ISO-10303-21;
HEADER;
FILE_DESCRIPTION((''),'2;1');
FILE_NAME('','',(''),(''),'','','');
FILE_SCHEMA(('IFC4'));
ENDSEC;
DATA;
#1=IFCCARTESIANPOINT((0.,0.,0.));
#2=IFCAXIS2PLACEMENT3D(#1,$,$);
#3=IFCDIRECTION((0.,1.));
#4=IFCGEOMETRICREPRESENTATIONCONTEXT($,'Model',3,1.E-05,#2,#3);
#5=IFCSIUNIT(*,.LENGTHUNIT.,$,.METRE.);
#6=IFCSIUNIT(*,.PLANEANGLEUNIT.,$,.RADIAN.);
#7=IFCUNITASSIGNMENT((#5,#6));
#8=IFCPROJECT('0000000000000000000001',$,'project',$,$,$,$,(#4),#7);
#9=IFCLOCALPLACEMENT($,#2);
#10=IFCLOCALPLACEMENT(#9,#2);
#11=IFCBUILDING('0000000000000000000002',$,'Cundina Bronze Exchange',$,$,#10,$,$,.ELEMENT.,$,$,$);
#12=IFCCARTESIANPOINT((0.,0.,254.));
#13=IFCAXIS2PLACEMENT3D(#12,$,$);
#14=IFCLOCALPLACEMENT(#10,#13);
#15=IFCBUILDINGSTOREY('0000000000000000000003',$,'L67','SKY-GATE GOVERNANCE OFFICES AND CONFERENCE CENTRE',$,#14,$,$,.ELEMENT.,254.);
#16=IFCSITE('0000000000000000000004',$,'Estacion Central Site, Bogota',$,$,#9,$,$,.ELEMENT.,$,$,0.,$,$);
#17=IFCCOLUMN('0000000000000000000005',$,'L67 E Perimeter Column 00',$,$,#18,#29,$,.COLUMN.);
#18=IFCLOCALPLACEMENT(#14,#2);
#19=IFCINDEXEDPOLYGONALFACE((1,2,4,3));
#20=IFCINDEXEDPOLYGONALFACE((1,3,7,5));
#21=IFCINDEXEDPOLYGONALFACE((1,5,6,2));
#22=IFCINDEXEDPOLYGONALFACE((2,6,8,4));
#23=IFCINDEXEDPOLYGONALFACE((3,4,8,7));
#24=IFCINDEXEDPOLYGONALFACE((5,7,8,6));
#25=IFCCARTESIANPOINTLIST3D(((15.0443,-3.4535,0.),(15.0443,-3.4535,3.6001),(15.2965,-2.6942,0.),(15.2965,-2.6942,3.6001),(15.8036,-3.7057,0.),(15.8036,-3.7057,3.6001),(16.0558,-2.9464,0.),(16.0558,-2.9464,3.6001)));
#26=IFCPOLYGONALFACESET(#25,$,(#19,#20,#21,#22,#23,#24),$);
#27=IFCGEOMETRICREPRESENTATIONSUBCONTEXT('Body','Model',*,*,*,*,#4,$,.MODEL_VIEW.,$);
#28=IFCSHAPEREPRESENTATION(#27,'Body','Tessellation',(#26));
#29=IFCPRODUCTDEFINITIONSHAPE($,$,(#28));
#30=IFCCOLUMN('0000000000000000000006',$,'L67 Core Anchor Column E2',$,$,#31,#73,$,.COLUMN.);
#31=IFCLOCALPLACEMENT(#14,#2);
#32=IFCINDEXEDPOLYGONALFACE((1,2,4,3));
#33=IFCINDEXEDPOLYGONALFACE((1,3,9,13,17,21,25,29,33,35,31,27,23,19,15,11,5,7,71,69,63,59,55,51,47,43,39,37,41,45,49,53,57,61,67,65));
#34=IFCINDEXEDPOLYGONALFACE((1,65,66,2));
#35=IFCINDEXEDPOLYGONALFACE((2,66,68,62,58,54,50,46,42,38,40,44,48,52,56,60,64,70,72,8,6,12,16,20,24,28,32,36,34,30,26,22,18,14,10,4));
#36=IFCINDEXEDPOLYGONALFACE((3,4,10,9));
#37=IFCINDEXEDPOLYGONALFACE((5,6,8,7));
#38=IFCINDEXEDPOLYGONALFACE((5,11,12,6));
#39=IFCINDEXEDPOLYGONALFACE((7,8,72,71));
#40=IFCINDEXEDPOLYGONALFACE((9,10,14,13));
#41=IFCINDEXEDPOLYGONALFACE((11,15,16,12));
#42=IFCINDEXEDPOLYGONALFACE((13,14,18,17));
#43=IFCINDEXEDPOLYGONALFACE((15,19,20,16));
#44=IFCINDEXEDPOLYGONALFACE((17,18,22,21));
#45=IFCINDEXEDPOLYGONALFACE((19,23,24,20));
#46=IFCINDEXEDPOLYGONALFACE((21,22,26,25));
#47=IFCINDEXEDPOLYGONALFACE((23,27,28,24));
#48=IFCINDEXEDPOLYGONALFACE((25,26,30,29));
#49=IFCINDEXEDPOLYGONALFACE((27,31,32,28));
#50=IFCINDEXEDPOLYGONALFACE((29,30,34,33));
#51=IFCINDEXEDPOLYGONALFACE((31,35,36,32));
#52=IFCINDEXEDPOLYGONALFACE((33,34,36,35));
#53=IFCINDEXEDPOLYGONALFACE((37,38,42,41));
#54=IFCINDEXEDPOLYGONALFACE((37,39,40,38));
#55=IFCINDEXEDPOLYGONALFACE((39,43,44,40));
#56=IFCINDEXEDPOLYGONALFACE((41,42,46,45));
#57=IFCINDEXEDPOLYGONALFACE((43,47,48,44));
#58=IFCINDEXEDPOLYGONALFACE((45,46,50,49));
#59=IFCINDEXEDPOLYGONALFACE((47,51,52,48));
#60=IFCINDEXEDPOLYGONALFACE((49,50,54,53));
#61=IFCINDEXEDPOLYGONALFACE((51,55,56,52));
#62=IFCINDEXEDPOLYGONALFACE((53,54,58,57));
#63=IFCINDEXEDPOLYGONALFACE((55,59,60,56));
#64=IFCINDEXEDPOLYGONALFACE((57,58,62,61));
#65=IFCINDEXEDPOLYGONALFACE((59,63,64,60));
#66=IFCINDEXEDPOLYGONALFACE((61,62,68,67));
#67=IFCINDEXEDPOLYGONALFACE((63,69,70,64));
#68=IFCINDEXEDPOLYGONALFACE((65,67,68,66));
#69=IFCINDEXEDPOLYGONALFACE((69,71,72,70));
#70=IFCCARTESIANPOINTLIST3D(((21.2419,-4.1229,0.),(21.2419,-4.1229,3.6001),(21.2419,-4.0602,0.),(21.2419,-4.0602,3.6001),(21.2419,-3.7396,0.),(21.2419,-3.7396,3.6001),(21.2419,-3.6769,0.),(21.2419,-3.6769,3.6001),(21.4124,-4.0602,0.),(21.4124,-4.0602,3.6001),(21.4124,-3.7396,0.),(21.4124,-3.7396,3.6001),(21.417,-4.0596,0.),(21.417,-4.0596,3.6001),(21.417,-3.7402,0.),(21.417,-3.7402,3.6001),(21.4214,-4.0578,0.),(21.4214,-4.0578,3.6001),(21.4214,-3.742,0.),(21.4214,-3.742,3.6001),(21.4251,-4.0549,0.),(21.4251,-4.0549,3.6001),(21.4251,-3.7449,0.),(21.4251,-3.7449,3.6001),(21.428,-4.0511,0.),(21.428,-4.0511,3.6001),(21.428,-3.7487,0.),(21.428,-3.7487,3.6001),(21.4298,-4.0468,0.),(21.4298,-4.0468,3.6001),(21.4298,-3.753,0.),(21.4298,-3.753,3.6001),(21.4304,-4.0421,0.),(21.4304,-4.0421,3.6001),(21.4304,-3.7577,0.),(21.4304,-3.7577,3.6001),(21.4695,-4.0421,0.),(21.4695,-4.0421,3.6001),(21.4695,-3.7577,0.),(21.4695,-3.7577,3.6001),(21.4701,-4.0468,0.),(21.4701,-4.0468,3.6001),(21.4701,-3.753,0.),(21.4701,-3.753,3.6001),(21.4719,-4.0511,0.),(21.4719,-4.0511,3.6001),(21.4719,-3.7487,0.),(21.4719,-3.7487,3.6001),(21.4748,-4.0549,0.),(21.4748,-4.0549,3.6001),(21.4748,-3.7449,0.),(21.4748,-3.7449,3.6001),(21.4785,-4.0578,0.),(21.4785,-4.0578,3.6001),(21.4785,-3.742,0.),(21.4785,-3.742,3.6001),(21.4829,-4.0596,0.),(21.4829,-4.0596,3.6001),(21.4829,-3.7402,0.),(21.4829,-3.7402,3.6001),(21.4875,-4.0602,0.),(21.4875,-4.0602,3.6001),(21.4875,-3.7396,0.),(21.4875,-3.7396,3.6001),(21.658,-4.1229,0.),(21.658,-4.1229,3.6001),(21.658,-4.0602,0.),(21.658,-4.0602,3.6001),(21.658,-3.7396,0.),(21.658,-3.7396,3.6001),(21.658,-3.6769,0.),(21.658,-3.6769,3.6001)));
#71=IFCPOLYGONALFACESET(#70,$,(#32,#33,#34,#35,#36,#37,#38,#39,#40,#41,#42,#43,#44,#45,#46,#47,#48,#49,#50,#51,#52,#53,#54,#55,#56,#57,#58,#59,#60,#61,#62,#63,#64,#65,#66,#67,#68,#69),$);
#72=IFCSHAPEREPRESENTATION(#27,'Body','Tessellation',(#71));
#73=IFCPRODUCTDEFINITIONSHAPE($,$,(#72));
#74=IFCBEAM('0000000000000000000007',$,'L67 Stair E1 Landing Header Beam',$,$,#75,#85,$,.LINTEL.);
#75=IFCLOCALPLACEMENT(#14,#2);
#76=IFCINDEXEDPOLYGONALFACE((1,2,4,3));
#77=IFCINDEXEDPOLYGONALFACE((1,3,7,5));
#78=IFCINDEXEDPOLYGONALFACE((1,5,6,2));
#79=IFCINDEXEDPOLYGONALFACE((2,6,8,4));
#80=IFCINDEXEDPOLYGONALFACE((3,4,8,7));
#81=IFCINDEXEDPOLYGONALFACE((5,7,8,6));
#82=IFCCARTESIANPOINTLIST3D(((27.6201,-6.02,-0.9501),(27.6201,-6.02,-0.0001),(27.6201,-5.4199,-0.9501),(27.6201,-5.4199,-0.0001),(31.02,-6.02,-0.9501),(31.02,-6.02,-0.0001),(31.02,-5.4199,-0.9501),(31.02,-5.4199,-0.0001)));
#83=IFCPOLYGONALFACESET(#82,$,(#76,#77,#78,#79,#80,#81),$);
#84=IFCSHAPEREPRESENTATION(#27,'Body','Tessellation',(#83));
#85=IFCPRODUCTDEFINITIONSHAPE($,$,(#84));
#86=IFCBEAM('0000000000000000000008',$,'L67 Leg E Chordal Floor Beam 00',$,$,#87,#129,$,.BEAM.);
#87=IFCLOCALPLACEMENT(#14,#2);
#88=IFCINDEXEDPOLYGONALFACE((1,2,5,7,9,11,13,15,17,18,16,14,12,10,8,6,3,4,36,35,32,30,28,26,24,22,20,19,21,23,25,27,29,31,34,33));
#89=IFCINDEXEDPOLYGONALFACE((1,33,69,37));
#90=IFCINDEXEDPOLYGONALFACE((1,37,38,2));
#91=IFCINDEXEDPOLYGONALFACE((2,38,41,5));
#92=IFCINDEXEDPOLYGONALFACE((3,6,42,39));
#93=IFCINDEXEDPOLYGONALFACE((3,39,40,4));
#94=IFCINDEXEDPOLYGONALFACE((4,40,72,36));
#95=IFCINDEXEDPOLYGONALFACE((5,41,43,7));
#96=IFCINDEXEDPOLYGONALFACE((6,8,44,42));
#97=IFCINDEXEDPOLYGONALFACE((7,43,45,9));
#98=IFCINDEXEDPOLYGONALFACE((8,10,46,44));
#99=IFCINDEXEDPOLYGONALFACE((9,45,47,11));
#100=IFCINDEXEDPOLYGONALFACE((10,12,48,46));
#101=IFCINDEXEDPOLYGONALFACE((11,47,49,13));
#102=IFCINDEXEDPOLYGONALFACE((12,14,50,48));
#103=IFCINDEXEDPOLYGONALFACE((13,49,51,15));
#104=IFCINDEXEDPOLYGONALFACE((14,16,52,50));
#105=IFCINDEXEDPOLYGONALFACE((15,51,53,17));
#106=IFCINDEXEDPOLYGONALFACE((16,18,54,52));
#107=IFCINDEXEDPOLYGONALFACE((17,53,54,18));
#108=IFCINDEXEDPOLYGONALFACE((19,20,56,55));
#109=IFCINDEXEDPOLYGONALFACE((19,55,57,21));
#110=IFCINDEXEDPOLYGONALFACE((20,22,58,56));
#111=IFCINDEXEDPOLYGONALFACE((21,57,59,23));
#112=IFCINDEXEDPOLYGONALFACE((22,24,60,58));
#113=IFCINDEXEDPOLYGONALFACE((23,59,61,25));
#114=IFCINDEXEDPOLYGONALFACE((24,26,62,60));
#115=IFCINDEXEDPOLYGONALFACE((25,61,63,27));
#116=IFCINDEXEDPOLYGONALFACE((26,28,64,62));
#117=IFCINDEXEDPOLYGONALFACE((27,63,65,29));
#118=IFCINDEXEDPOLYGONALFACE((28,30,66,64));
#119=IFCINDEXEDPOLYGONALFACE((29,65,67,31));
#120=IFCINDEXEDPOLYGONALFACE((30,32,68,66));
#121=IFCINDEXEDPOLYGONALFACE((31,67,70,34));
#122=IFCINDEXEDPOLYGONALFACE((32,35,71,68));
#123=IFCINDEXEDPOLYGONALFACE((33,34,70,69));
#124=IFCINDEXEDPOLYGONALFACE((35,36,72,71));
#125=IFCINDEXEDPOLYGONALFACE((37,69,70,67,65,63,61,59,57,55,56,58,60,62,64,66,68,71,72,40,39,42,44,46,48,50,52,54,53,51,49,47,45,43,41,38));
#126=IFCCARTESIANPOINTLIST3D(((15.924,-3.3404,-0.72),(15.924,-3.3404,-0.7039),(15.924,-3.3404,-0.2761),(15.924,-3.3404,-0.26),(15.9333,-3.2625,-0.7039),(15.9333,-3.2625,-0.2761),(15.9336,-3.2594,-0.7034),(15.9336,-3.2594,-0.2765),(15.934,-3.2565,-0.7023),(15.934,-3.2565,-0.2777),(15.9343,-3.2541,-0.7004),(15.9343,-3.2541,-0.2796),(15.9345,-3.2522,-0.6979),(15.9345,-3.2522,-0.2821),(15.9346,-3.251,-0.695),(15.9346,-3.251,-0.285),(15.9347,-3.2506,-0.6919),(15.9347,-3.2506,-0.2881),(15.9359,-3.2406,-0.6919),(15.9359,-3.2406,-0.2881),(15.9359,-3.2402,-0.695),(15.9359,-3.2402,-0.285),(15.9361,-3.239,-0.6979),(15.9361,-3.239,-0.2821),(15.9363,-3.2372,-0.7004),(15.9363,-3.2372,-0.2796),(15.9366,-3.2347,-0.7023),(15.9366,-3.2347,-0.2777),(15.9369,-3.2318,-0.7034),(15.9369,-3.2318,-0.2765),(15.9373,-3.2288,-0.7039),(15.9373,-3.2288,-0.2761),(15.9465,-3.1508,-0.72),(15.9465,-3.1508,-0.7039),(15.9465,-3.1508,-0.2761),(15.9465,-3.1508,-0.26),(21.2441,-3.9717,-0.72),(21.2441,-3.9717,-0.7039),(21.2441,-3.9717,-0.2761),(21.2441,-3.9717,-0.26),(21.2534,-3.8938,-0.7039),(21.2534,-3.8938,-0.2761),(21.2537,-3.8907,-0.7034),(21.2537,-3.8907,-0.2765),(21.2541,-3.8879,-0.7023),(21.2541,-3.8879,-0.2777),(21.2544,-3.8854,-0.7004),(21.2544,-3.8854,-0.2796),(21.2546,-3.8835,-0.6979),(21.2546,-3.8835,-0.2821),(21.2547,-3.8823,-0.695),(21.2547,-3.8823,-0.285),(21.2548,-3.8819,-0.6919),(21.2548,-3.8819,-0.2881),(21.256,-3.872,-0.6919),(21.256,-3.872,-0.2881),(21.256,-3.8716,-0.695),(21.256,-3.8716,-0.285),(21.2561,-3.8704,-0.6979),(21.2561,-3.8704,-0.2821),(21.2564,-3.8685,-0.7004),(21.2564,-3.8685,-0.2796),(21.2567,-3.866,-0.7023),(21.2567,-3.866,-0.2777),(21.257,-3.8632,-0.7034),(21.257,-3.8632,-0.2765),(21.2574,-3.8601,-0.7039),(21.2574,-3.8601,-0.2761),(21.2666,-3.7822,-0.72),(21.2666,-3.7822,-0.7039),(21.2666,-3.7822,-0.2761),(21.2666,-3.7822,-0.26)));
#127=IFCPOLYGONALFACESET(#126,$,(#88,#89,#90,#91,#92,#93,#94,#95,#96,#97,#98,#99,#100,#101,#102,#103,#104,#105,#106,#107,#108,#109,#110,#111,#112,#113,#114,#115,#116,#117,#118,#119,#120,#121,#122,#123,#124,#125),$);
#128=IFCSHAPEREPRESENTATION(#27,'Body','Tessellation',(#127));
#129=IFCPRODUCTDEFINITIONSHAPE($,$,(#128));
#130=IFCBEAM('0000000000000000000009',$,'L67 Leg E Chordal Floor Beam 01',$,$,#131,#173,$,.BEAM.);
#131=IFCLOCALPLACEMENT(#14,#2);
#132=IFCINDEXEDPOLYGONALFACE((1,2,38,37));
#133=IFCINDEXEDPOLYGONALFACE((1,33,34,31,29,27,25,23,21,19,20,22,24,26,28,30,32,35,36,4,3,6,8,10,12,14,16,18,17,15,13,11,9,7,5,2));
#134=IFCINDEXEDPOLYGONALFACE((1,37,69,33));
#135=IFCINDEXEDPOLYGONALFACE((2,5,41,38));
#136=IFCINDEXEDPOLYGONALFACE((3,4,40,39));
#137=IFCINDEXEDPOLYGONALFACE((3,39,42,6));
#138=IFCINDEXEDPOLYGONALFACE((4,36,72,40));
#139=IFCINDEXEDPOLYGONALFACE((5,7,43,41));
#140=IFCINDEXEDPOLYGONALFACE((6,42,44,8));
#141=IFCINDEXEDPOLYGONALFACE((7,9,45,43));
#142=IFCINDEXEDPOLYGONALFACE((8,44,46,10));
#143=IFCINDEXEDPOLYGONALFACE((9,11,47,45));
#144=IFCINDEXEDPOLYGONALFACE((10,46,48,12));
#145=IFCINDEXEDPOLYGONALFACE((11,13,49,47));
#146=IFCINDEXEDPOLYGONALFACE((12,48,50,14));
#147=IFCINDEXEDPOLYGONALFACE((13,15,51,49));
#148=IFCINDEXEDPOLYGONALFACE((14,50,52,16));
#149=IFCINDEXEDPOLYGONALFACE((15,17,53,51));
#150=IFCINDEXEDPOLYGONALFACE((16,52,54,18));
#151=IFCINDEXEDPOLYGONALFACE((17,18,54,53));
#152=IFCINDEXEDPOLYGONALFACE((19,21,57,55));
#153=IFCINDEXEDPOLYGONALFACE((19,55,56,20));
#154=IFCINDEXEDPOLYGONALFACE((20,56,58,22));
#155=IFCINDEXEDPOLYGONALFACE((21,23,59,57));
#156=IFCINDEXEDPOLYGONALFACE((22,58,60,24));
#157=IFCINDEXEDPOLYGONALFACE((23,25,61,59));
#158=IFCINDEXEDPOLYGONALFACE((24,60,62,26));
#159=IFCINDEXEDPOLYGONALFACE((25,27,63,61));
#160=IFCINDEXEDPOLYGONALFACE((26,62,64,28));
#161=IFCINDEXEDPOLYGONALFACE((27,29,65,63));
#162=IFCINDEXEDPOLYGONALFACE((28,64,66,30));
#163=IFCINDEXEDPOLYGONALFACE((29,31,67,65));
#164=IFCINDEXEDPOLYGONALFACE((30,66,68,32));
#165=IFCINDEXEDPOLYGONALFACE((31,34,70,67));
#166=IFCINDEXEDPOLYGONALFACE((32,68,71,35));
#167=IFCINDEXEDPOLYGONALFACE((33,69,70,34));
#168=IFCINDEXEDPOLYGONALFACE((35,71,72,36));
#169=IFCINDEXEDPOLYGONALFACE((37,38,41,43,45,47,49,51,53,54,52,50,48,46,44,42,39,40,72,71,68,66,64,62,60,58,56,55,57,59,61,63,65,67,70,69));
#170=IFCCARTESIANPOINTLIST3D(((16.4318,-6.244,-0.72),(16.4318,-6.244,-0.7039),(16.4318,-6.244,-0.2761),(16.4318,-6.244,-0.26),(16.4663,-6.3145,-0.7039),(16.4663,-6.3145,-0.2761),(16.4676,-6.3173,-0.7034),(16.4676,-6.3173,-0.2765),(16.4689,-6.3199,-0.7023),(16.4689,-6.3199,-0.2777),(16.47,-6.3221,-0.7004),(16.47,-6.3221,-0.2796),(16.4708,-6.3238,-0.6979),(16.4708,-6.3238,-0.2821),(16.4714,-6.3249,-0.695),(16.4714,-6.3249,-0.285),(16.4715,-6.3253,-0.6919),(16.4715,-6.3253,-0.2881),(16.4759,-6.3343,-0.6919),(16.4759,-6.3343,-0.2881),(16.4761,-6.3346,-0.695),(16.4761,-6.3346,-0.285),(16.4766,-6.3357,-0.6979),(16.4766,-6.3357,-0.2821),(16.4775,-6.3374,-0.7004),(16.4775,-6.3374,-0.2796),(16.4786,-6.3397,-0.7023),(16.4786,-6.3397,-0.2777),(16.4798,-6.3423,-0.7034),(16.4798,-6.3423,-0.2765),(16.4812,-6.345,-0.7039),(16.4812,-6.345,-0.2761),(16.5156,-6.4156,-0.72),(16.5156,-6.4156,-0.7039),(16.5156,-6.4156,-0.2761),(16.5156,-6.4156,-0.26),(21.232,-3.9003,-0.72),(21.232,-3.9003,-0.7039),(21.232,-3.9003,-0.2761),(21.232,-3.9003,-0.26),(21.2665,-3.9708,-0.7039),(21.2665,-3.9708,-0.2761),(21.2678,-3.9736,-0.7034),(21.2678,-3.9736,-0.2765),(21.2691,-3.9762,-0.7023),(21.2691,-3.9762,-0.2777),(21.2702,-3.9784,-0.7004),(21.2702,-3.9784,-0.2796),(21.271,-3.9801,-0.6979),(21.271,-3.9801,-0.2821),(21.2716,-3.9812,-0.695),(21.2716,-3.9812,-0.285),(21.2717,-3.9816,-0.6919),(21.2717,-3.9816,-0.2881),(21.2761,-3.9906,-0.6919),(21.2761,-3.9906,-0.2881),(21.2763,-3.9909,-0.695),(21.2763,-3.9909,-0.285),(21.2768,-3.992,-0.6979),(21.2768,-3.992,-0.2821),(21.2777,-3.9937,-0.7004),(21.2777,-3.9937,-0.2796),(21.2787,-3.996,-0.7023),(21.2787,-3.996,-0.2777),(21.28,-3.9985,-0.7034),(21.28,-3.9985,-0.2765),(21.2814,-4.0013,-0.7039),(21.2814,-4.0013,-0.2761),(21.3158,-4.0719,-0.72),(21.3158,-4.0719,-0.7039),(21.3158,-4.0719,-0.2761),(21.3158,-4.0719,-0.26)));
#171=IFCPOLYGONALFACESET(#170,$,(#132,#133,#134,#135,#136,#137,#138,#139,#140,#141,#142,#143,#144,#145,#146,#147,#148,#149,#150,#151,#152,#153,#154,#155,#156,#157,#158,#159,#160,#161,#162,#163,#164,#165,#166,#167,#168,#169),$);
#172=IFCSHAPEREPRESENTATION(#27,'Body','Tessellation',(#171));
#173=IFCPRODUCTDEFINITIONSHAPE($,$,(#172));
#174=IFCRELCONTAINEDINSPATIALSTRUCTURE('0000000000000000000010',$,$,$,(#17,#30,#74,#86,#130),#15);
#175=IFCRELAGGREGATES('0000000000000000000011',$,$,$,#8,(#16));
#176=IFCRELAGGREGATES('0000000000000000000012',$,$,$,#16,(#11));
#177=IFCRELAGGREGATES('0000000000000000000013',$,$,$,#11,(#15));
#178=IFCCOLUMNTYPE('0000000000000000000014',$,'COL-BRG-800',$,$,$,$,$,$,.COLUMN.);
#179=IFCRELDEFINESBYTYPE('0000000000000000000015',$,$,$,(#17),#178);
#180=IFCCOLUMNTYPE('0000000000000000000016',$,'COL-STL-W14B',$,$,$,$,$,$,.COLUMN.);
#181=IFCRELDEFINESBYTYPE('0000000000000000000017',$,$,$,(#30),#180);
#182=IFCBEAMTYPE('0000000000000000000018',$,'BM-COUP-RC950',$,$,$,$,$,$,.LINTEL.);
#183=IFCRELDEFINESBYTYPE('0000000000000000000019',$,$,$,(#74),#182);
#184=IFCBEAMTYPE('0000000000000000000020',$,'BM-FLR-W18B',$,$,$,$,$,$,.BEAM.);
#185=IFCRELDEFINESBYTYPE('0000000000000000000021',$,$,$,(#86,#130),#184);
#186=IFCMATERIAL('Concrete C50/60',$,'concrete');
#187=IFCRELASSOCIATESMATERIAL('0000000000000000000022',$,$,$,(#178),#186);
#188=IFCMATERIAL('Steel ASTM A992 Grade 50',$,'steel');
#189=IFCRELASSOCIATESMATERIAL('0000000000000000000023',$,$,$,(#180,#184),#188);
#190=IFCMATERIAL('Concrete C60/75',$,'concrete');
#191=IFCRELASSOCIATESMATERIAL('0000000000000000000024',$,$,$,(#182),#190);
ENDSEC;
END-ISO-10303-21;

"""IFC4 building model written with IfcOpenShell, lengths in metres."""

from ifc_helpers import new_model, si_unit, direction, frame, origin, origin_2d, place, context, subcontext, project, spatial, rectangle, i_section, extrude, material, material_profile, profile_set, type_object, element, save


model = new_model("IFC4")

# Units and contexts
model_context = context("Model", 3, precision=1e-05, world=origin(), true_north=direction((0.0, 1.0)))
body_context = subcontext(model_context, "Body", "Model", "MODEL_VIEW")
ifc_project = project(units=[si_unit("LENGTHUNIT", "METRE"), si_unit("PLANEANGLEUNIT", "RADIAN")], contexts=[model_context])

# Site, building, storey
site_placement = place(None, origin())
site = spatial("IfcSite", under=ifc_project, at=site_placement, Name="Estacion Central Site, Bogota", CompositionType="ELEMENT", RefElevation=0.0)
building_placement = place(site_placement, origin())
building = spatial("IfcBuilding", under=site, at=building_placement, Name="Cundina Bronze Exchange", CompositionType="ELEMENT")
storey_placement = place(building_placement, frame((0.0, 0.0, 254.0)))
storey = spatial("IfcBuildingStorey", under=building, at=storey_placement, Name="L67", Description="SKY-GATE GOVERNANCE OFFICES AND CONFERENCE CENTRE", CompositionType="ELEMENT", Elevation=254.0)

# Columns
ifc_material_1 = material(Name="Concrete C50/60", Category="concrete")
ifc_material_profile_1 = material_profile(ifc_material_1, rectangle(XDim=0.8, YDim=0.8, at=origin_2d()), Name="RC800X800", Category="concrete")
ifc_profile_set_1 = profile_set([ifc_material_profile_1], Name="Concrete C50/60")
column_type_1 = type_object("IfcColumnType", Name="COL-BRG-800", PredefinedType="COLUMN", material=ifc_profile_set_1)
column_1_placement = place(storey_placement, frame((15.55, -3.2, 0.0), z_axis=(0.0, 0.0, 1.0), x_axis=(-0.315152, -0.949041, 0.0)))
element("IfcColumn", 1, at=column_1_placement, inside=storey, type_object=column_type_1, Name="L67 E Perimeter Column 00", PredefinedType="COLUMN", context=body_context, shape_type="SweptSolid", body=[
    extrude(rectangle(XDim=0.8, YDim=0.8, at=origin_2d()), origin(), (0.0, 0.0, 1.0), 3.6001),
])
ifc_material_2 = material(Name="Steel ASTM A992 Grade 50", Category="steel")
ifc_material_profile_2 = material_profile(ifc_material_2, i_section(OverallWidth=0.416, OverallDepth=0.446, WebThickness=0.0391, FlangeThickness=0.0627, FilletRadius=0.0181, at=origin_2d()), Name="W14X342", Category="steel")
ifc_profile_set_2 = profile_set([ifc_material_profile_2], Name="Steel ASTM A992 Grade 50")
column_type_2 = type_object("IfcColumnType", Name="COL-STL-W14B", PredefinedType="COLUMN", material=ifc_profile_set_2)
column_2_placement = place(storey_placement, frame((21.45, -3.8999, 0.0), z_axis=(0.0, 0.0, 1.0), x_axis=(1.0, 0.0, 0.0)))
element("IfcColumn", 2, at=column_2_placement, inside=storey, type_object=column_type_2, Name="L67 Core Anchor Column E2", PredefinedType="COLUMN", context=body_context, shape_type="SweptSolid", body=[
    extrude(i_section(OverallWidth=0.416, OverallDepth=0.446, WebThickness=0.0391, FlangeThickness=0.0627, FilletRadius=0.0181, at=origin_2d()), origin(), (0.0, 0.0, 1.0), 3.6001),
])

# Beams
ifc_material_3 = material(Name="Concrete C60/75", Category="concrete")
ifc_material_profile_3 = material_profile(ifc_material_3, rectangle(XDim=0.6001, YDim=0.95, at=origin_2d()), Name="RC600X950", Category="concrete")
ifc_profile_set_3 = profile_set([ifc_material_profile_3], Name="Concrete C60/75")
beam_type_1 = type_object("IfcBeamType", Name="BM-COUP-RC950", PredefinedType="LINTEL", material=ifc_profile_set_3)
beam_1_placement = place(storey_placement, frame((27.6201, -5.72, -0.4751), z_axis=(1.0, 0.0, 0.0), x_axis=(0.0, 1.0, 0.0)))
element("IfcBeam", 3, at=beam_1_placement, inside=storey, type_object=beam_type_1, Name="L67 Stair E1 Landing Header Beam", PredefinedType="LINTEL", context=body_context, shape_type="SweptSolid", body=[
    extrude(rectangle(XDim=0.6001, YDim=0.95, at=origin_2d()), origin(), (0.0, 0.0, 1.0), 3.3999),
])
ifc_material_profile_4 = material_profile(ifc_material_2, i_section(OverallWidth=0.1909, OverallDepth=0.46, WebThickness=0.01, FlangeThickness=0.0161, FilletRadius=0.012, at=origin_2d()), Name="W18X55", Category="steel")
ifc_profile_set_4 = profile_set([ifc_material_profile_4], Name="Steel ASTM A992 Grade 50")
beam_type_2 = type_object("IfcBeamType", Name="BM-FLR-W18B", PredefinedType="BEAM", material=ifc_profile_set_4)
beam_2_placement = place(storey_placement, frame((21.2554, -3.877, -0.49), z_axis=(-0.993032, 0.117846, 0.0), x_axis=(-0.117846, -0.993032, 0.0)))
element("IfcBeam", 4, at=beam_2_placement, inside=storey, type_object=beam_type_2, Name="L67 Leg E Chordal Floor Beam 00", PredefinedType="BEAM", context=body_context, shape_type="SweptSolid", body=[
    extrude(i_section(OverallWidth=0.1909, OverallDepth=0.46, WebThickness=0.01, FlangeThickness=0.0161, FilletRadius=0.012, at=origin_2d()), origin(), (0.0, 0.0, 1.0), 5.3574),
])
beam_3_placement = place(storey_placement, frame((21.2739, -3.9861, -0.49), z_axis=(-0.89861, -0.438748, 0.0), x_axis=(0.438748, -0.89861, 0.0)))
element("IfcBeam", 5, at=beam_3_placement, inside=storey, type_object=beam_type_2, Name="L67 Leg E Chordal Floor Beam 01", PredefinedType="BEAM", context=body_context, shape_type="SweptSolid", body=[
    extrude(i_section(OverallWidth=0.1909, OverallDepth=0.46, WebThickness=0.01, FlangeThickness=0.0161, FilletRadius=0.012, at=origin_2d()), origin(), (0.0, 0.0, 1.0), 5.3418),
])

save(model, "model.ifc")
